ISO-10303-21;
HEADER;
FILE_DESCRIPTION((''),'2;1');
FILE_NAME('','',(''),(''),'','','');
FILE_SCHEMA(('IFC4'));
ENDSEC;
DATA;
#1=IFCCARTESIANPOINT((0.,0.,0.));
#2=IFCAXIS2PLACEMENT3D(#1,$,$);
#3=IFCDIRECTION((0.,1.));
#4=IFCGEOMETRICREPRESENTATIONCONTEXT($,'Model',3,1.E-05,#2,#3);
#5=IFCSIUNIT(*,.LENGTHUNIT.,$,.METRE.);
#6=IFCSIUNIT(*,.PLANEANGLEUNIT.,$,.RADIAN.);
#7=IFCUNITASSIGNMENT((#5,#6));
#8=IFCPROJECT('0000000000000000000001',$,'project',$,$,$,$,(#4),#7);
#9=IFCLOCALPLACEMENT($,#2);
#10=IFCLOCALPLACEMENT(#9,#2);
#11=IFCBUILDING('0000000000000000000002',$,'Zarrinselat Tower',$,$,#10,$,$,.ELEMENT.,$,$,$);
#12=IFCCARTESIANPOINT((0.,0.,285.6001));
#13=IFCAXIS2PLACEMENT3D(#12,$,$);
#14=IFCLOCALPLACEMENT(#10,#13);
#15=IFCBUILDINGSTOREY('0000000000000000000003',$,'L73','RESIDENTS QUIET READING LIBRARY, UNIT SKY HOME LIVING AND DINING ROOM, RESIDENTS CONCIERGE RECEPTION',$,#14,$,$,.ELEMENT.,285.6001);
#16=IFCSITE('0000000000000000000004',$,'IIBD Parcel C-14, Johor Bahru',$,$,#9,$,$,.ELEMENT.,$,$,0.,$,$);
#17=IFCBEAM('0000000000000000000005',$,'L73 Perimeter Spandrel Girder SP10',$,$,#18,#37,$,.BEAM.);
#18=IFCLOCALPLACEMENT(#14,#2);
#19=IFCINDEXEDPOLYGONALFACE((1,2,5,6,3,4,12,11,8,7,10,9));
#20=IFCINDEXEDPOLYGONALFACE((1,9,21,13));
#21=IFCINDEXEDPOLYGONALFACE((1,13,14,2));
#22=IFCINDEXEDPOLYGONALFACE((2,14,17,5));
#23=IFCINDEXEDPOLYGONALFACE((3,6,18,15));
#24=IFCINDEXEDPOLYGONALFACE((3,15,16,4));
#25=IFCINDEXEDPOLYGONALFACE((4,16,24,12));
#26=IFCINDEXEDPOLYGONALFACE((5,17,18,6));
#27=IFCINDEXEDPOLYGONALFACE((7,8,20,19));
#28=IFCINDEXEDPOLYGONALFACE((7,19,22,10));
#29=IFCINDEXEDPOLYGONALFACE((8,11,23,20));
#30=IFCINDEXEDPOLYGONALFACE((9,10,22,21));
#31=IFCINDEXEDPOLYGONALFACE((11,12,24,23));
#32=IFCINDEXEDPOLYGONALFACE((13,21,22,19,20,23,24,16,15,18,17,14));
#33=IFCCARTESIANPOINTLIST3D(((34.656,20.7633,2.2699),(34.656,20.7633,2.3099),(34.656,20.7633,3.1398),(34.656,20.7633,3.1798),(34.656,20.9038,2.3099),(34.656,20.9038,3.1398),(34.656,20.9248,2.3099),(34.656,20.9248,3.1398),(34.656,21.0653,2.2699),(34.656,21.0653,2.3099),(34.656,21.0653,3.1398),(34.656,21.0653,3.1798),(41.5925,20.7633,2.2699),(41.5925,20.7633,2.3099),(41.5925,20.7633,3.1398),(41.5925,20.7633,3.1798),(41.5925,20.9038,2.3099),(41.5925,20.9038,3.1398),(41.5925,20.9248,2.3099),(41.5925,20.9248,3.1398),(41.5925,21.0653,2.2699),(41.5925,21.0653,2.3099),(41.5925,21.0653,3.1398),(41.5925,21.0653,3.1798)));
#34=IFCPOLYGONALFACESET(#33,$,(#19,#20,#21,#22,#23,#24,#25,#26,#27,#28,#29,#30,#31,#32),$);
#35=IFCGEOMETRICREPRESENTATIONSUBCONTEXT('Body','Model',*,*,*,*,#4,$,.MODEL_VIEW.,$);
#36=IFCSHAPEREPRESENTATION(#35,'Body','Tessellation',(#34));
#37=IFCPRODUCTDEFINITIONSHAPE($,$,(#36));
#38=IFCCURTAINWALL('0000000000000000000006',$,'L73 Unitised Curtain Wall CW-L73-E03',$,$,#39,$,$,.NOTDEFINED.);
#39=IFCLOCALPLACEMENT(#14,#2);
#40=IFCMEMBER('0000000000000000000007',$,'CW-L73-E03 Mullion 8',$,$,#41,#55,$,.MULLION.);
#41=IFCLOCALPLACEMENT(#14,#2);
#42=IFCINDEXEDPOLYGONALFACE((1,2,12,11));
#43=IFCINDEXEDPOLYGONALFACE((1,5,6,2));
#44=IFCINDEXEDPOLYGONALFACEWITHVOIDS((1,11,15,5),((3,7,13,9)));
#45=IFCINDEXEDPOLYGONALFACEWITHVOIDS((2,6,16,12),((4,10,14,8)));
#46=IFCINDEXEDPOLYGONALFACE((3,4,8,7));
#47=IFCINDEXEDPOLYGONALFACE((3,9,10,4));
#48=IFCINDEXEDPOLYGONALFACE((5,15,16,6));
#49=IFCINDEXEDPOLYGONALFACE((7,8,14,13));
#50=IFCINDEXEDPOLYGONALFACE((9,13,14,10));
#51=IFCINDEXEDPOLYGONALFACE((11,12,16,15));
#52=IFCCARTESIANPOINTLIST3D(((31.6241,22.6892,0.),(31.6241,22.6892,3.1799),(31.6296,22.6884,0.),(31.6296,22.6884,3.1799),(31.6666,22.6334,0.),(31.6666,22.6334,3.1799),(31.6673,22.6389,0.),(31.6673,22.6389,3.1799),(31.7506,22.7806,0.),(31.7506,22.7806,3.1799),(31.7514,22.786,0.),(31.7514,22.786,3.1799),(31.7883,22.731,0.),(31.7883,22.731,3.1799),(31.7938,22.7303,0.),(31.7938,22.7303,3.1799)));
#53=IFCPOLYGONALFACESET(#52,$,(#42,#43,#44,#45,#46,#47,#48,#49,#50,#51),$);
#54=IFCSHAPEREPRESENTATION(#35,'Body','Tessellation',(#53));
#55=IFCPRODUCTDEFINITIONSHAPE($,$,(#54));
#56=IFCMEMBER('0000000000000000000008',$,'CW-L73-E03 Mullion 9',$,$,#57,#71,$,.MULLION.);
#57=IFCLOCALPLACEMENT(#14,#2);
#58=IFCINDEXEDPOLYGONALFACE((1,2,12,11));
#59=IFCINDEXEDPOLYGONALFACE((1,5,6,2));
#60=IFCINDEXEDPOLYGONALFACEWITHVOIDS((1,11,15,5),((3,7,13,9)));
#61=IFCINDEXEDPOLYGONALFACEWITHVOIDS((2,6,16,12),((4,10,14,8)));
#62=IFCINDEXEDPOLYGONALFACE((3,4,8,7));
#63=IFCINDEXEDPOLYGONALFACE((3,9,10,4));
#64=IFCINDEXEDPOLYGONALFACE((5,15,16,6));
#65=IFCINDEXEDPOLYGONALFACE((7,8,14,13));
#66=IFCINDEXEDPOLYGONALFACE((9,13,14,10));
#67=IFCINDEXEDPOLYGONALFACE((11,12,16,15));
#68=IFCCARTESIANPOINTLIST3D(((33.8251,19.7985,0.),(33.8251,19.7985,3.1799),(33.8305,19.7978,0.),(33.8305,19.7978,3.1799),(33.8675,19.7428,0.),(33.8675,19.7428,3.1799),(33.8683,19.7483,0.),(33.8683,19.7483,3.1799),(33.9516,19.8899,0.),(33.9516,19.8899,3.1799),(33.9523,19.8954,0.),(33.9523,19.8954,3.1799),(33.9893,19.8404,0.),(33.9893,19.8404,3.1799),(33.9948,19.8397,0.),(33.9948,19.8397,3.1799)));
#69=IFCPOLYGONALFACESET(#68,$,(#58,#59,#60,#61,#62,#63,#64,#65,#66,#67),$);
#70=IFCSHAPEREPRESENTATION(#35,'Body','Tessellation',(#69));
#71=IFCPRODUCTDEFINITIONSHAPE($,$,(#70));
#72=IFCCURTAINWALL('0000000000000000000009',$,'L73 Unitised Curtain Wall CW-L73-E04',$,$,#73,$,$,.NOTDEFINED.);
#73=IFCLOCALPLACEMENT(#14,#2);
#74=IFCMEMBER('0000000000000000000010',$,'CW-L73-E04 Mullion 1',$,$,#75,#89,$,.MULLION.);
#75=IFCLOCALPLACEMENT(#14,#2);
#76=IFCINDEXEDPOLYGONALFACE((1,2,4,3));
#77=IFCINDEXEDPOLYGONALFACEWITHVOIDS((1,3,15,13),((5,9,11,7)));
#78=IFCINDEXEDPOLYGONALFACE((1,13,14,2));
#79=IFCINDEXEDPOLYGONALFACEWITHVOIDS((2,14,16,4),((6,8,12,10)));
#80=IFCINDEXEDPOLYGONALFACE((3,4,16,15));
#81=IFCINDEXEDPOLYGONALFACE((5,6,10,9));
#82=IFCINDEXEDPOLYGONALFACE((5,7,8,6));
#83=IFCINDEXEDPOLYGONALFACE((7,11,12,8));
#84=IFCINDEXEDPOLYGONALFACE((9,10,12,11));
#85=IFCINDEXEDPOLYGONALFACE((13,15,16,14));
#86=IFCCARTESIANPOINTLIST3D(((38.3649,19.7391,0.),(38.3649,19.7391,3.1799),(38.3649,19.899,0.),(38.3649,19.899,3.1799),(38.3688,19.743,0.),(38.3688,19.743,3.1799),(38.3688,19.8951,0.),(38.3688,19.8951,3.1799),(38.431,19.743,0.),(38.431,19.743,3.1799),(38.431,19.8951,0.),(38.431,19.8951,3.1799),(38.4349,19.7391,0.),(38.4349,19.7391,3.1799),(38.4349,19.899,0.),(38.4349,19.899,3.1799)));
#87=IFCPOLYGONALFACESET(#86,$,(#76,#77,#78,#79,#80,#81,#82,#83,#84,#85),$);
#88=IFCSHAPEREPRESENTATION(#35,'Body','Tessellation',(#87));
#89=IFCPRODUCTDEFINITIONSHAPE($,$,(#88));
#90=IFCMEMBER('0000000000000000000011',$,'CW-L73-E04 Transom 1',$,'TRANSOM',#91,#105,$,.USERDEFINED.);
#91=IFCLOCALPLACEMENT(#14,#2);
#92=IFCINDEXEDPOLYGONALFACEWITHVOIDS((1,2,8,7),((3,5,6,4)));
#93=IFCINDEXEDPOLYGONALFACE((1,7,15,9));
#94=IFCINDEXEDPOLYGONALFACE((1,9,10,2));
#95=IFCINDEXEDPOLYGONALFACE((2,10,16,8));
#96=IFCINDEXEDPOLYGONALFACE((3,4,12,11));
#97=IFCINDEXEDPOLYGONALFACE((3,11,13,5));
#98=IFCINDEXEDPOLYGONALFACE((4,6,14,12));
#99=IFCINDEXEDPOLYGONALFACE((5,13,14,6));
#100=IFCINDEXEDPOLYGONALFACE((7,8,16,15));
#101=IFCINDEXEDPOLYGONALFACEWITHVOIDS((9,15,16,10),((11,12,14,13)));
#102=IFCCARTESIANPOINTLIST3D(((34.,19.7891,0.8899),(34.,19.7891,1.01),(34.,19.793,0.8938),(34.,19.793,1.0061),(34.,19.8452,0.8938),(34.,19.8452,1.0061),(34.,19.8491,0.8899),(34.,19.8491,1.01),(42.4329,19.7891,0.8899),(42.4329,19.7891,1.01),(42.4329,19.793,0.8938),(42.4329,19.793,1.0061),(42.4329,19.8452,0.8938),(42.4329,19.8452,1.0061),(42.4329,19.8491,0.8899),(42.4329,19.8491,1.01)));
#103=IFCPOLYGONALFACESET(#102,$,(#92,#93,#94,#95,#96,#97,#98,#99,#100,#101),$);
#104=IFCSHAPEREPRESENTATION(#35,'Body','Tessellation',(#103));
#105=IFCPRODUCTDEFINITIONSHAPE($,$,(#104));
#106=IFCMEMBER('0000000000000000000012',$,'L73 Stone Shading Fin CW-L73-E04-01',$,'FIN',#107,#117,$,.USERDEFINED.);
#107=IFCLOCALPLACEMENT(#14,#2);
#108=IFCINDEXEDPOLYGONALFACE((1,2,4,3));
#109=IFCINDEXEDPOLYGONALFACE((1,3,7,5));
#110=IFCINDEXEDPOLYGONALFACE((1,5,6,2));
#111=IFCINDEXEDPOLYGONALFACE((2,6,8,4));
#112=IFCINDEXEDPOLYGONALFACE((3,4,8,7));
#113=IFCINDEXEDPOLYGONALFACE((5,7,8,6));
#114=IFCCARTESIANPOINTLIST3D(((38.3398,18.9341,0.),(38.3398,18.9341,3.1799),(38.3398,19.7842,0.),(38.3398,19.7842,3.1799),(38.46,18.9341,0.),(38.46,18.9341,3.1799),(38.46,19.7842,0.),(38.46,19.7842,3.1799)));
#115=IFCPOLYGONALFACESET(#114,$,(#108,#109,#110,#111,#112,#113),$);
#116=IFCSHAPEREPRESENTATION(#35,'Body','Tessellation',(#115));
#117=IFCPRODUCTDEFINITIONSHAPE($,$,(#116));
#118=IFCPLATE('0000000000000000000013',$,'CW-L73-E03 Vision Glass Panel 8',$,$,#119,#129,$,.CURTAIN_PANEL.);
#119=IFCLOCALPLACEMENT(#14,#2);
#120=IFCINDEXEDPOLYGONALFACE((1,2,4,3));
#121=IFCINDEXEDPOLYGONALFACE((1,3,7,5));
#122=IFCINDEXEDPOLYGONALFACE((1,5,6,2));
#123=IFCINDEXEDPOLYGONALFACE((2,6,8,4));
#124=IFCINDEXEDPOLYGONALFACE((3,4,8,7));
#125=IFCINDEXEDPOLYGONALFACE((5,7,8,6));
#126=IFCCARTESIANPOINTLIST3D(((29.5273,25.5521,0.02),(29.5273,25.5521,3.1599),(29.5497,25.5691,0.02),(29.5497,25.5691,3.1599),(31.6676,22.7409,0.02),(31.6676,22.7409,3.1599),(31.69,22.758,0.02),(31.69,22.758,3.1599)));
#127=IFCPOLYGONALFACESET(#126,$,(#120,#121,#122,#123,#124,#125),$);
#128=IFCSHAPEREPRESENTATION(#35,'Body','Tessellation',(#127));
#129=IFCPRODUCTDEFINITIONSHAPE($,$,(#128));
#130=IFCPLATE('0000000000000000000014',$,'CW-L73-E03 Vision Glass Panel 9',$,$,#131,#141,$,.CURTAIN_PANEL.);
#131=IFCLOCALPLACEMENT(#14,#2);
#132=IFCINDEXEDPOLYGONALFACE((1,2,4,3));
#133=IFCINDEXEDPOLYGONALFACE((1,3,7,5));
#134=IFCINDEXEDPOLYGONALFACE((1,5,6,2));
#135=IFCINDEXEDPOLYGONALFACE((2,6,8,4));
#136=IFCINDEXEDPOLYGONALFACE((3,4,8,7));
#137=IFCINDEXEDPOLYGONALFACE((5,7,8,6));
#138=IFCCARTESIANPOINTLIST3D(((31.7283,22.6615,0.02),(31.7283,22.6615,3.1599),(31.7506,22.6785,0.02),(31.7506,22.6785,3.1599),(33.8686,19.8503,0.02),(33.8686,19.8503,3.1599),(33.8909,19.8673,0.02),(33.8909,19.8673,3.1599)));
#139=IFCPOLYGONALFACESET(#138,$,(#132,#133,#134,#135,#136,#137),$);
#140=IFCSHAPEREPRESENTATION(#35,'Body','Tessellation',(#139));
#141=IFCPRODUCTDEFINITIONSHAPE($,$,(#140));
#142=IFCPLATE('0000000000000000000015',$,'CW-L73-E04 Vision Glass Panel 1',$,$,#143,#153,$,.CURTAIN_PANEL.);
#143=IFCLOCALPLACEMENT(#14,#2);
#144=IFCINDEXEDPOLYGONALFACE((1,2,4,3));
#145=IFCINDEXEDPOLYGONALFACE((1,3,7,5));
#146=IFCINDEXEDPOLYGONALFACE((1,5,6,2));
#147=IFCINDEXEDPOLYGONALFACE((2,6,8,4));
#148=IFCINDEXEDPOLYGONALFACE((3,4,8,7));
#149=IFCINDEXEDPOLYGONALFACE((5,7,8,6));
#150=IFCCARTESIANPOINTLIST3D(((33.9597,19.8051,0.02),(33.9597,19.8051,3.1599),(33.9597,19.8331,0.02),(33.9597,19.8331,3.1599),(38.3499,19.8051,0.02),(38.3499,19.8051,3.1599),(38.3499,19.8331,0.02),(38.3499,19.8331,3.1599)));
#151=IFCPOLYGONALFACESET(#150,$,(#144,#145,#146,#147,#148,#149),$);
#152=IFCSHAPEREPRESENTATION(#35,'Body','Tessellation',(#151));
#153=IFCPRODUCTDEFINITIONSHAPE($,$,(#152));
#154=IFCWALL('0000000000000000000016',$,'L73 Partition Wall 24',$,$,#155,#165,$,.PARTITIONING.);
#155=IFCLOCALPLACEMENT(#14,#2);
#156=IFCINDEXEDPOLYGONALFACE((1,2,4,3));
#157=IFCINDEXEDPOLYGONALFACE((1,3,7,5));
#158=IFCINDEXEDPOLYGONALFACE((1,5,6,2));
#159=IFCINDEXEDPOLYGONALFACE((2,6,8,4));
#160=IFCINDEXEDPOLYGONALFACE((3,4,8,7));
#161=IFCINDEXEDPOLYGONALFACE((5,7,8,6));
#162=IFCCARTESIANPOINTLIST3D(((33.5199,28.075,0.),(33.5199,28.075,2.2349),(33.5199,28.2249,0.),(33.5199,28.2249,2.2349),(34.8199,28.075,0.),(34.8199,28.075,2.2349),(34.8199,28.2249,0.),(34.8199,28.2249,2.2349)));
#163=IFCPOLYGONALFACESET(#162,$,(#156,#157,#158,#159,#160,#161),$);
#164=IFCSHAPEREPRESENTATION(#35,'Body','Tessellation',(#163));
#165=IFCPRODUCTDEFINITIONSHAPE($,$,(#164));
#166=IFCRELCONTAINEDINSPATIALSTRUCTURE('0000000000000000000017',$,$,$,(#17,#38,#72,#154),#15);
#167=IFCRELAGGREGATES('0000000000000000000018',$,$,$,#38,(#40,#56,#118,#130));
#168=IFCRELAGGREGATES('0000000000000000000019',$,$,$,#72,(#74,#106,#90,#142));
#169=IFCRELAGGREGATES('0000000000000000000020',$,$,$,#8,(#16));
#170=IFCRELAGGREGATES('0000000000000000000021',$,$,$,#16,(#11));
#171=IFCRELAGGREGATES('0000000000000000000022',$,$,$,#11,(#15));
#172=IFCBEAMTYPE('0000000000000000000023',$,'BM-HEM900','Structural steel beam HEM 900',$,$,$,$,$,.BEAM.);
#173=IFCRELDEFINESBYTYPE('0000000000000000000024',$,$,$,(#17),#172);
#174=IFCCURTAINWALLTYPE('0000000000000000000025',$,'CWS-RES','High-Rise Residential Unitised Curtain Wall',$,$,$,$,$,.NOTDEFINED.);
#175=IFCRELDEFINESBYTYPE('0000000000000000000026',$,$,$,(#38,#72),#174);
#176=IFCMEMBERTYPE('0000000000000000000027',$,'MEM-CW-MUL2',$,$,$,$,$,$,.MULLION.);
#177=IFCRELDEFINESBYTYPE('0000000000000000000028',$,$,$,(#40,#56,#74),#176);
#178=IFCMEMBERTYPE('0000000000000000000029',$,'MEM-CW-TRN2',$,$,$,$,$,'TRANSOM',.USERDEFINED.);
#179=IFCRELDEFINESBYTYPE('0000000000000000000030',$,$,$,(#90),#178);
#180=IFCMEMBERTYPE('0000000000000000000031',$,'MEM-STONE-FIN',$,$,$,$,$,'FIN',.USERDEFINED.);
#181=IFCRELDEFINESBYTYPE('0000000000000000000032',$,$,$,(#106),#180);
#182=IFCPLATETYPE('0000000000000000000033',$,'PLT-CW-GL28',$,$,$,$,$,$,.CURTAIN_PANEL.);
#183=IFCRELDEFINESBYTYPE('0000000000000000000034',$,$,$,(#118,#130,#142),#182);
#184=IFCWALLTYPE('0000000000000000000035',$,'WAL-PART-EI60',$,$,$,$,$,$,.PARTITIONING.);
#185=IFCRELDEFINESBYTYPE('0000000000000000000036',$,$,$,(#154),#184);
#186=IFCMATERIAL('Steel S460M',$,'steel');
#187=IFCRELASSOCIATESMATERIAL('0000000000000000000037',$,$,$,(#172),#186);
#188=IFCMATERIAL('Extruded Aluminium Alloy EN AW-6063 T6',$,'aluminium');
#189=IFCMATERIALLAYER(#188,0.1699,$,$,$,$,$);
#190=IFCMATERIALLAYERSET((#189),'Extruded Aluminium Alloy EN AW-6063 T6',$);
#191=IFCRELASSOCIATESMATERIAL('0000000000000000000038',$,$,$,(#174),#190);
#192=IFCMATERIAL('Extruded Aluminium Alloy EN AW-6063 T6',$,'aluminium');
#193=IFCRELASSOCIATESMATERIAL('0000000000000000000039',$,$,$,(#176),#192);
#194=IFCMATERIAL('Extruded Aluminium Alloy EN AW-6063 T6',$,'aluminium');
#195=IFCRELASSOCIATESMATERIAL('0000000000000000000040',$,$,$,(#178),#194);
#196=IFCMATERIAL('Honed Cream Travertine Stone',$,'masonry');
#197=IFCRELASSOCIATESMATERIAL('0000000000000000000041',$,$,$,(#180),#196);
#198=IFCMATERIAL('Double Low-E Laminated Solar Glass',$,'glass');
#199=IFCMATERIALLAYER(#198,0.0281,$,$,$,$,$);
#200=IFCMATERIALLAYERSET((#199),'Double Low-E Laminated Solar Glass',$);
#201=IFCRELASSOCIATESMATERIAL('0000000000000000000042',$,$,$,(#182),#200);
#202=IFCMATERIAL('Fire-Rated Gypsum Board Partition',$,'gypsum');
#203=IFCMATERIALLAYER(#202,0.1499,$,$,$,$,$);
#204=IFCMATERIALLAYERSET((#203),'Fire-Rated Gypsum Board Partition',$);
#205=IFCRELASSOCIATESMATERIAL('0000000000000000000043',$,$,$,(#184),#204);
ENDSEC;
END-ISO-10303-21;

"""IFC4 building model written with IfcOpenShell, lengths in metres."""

from ifc_helpers import new_model, si_unit, direction, frame, frame_2d, origin, origin_2d, place, context, subcontext, project, spatial, rectangle, hollow_rectangle, i_section, extrude, material, layer, layer_set, material_profile, profile_set, type_object, element, aggregate, save


model = new_model("IFC4")

# Units and contexts
model_context = context("Model", 3, precision=1e-05, world=origin(), true_north=direction((0.0, 1.0)))
body_context = subcontext(model_context, "Body", "Model", "MODEL_VIEW")
ifc_project = project(units=[si_unit("LENGTHUNIT", "METRE"), si_unit("PLANEANGLEUNIT", "RADIAN")], contexts=[model_context])

# Site, building, storey
site_placement = place(None, origin())
site = spatial("IfcSite", under=ifc_project, at=site_placement, Name="IIBD Parcel C-14, Johor Bahru", CompositionType="ELEMENT", RefElevation=0.0)
building_placement = place(site_placement, origin())
building = spatial("IfcBuilding", under=site, at=building_placement, Name="Zarrinselat Tower", CompositionType="ELEMENT")
storey_placement = place(building_placement, frame((0.0, 0.0, 285.6001)))
storey = spatial("IfcBuildingStorey", under=building, at=storey_placement, Name="L73", Description="RESIDENTS QUIET READING LIBRARY, UNIT SKY HOME LIVING AND DINING ROOM, RESIDENTS CONCIERGE RECEPTION", CompositionType="ELEMENT", Elevation=285.6001)

# Beam
ifc_material_1 = material(Name="Steel S460M", Category="steel")
ifc_material_profile_1 = material_profile(ifc_material_1, i_section(OverallWidth=0.302, OverallDepth=0.9099, WebThickness=0.021, FlangeThickness=0.04, at=origin_2d()), Name="HEM 900")
ifc_profile_set_1 = profile_set([ifc_material_profile_1], Name="Steel S460M")
beam_type_1 = type_object("IfcBeamType", Name="BM-HEM900", Description="Structural steel beam HEM 900", PredefinedType="BEAM", material=ifc_profile_set_1)
beam_1_placement = place(storey_placement, frame((34.656, 20.9143, 2.7249), z_axis=(1.0, 0.0, 0.0), x_axis=(0.0, 1.0, 0.0)))
element("IfcBeam", 1, at=beam_1_placement, inside=storey, type_object=beam_type_1, Name="L73 Perimeter Spandrel Girder SP10", PredefinedType="BEAM", context=body_context, shape_type="SweptSolid", body=[
    extrude(i_section(OverallWidth=0.302, OverallDepth=0.9099, WebThickness=0.021, FlangeThickness=0.04, at=origin_2d()), origin(), (0.0, 0.0, 1.0), 6.9365),
])

# Curtain walls, members
ifc_material_2 = material(Name="Extruded Aluminium Alloy EN AW-6063 T6", Category="aluminium")
ifc_layer_1 = layer(ifc_material_2, 0.1699)
ifc_layer_set_1 = layer_set([ifc_layer_1], Name="Extruded Aluminium Alloy EN AW-6063 T6")
curtain_wall_type = type_object("IfcCurtainWallType", Name="CWS-RES", Description="High-Rise Residential Unitised Curtain Wall", PredefinedType="NOTDEFINED", material=ifc_layer_set_1)
curtain_wall_1_placement = place(storey_placement, origin())
curtain_wall_1 = element("IfcCurtainWall", 2, at=curtain_wall_1_placement, inside=storey, type_object=curtain_wall_type, Name="L73 Unitised Curtain Wall CW-L73-E03", PredefinedType="NOTDEFINED")
ifc_material_3 = material(Name="Extruded Aluminium Alloy EN AW-6063 T6", Category="aluminium")
ifc_material_profile_2 = material_profile(ifc_material_3, hollow_rectangle(XDim=0.0701, YDim=0.1599, WallThickness=0.0039, at=origin_2d()), Name="RHS 160x70x4")
ifc_profile_set_2 = profile_set([ifc_material_profile_2], Name="Extruded Aluminium Alloy EN AW-6063 T6")
member_type_1 = type_object("IfcMemberType", Name="MEM-CW-MUL2", PredefinedType="MULLION", material=ifc_profile_set_2)
member_1_placement = place(storey_placement, frame((31.709, 22.7097, 0.0), z_axis=(0.0, 0.0, 1.0), x_axis=(0.605767, -0.795642, 0.0)))
member_1 = element("IfcMember", 3, at=member_1_placement, type_object=member_type_1, Name="CW-L73-E03 Mullion 8", PredefinedType="MULLION", context=body_context, shape_type="SweptSolid", body=[
    extrude(hollow_rectangle(XDim=0.0701, YDim=0.1599, WallThickness=0.0039, at=origin_2d()), origin(), (0.0, 0.0, 1.0), 3.1799),
])
member_2_placement = place(storey_placement, frame((33.9099, 19.8191, 0.0), z_axis=(0.0, 0.0, 1.0), x_axis=(0.605767, -0.795642, 0.0)))
member_2 = element("IfcMember", 4, at=member_2_placement, type_object=member_type_1, Name="CW-L73-E03 Mullion 9", PredefinedType="MULLION", context=body_context, shape_type="SweptSolid", body=[
    extrude(hollow_rectangle(XDim=0.0701, YDim=0.1599, WallThickness=0.0039, at=origin_2d()), origin(), (0.0, 0.0, 1.0), 3.1799),
])
curtain_wall_2_placement = place(storey_placement, origin())
curtain_wall_2 = element("IfcCurtainWall", 5, at=curtain_wall_2_placement, inside=storey, type_object=curtain_wall_type, Name="L73 Unitised Curtain Wall CW-L73-E04", PredefinedType="NOTDEFINED")
member_3_placement = place(storey_placement, frame((38.3999, 19.8191, 0.0), z_axis=(0.0, 0.0, 1.0), x_axis=(1.0, 0.0, 0.0)))
member_3 = element("IfcMember", 6, at=member_3_placement, type_object=member_type_1, Name="CW-L73-E04 Mullion 1", PredefinedType="MULLION", context=body_context, shape_type="SweptSolid", body=[
    extrude(hollow_rectangle(XDim=0.0701, YDim=0.1599, WallThickness=0.0039, at=origin_2d()), origin(), (0.0, 0.0, 1.0), 3.1799),
])
ifc_material_4 = material(Name="Extruded Aluminium Alloy EN AW-6063 T6", Category="aluminium")
ifc_material_profile_3 = material_profile(ifc_material_4, hollow_rectangle(XDim=0.0601, YDim=0.1201, WallThickness=0.0039, at=origin_2d()), Name="RHS 120x60x4")
ifc_profile_set_3 = profile_set([ifc_material_profile_3], Name="Extruded Aluminium Alloy EN AW-6063 T6")
member_type_2 = type_object("IfcMemberType", Name="MEM-CW-TRN2", ElementType="TRANSOM", PredefinedType="USERDEFINED", material=ifc_profile_set_3)
member_4_placement = place(storey_placement, frame((34.0, 19.8191, 0.95), z_axis=(1.0, 0.0, 0.0), x_axis=(0.0, 1.0, 0.0)))
member_4 = element("IfcMember", 7, at=member_4_placement, type_object=member_type_2, Name="CW-L73-E04 Transom 1", ObjectType="TRANSOM", PredefinedType="USERDEFINED", context=body_context, shape_type="SweptSolid", body=[
    extrude(hollow_rectangle(XDim=0.0601, YDim=0.1201, WallThickness=0.0039, at=origin_2d()), origin(), (0.0, 0.0, 1.0), 8.4329),
])
ifc_material_5 = material(Name="Honed Cream Travertine Stone", Category="masonry")
ifc_material_profile_4 = material_profile(ifc_material_5, rectangle(XDim=0.1201, YDim=0.8501, at=origin_2d()), Name="FIN 850x120")
ifc_profile_set_4 = profile_set([ifc_material_profile_4], Name="Honed Cream Travertine Stone")
member_type_3 = type_object("IfcMemberType", Name="MEM-STONE-FIN", ElementType="FIN", PredefinedType="USERDEFINED", material=ifc_profile_set_4)
member_5_placement = place(storey_placement, frame((38.3999, 19.3591, 0.0), z_axis=(0.0, 0.0, 1.0), x_axis=(-1.0, 0.0, 0.0)))
member_5 = element("IfcMember", 8, at=member_5_placement, type_object=member_type_3, Name="L73 Stone Shading Fin CW-L73-E04-01", ObjectType="FIN", PredefinedType="USERDEFINED", context=body_context, shape_type="SweptSolid", body=[
    extrude(rectangle(XDim=0.1201, YDim=0.8501, at=origin_2d()), origin(), (0.0, 0.0, 1.0), 3.1799),
])

# Plates
ifc_material_6 = material(Name="Double Low-E Laminated Solar Glass", Category="glass")
ifc_layer_2 = layer(ifc_material_6, 0.0281)
ifc_layer_set_2 = layer_set([ifc_layer_2], Name="Double Low-E Laminated Solar Glass")
plate_type = type_object("IfcPlateType", Name="PLT-CW-GL28", PredefinedType="CURTAIN_PANEL", material=ifc_layer_set_2)
plate_1_placement = place(storey_placement, frame((30.6086, 24.155, 0.02), z_axis=(0.0, 0.0, 1.0), x_axis=(0.605767, -0.795642, 0.0)))
plate_1 = element("IfcPlate", 9, at=plate_1_placement, type_object=plate_type, Name="CW-L73-E03 Vision Glass Panel 8", PredefinedType="CURTAIN_PANEL", context=body_context, shape_type="SweptSolid", body=[
    extrude(rectangle(XDim=3.5332, YDim=0.0281, at=origin_2d()), origin(), (0.0, 0.0, 1.0), 3.1399),
])
plate_2_placement = place(storey_placement, frame((32.8096, 21.2644, 0.02), z_axis=(0.0, 0.0, 1.0), x_axis=(0.605767, -0.795642, 0.0)))
plate_2 = element("IfcPlate", 10, at=plate_2_placement, type_object=plate_type, Name="CW-L73-E03 Vision Glass Panel 9", PredefinedType="CURTAIN_PANEL", context=body_context, shape_type="SweptSolid", body=[
    extrude(rectangle(XDim=3.5332, YDim=0.0281, at=origin_2d()), origin(), (0.0, 0.0, 1.0), 3.1399),
])
aggregate(curtain_wall_1, [member_1, member_2, plate_1, plate_2])
plate_3_placement = place(storey_placement, frame((36.1548, 19.8191, 0.02), z_axis=(0.0, 0.0, 1.0), x_axis=(1.0, 0.0, 0.0)))
plate_3 = element("IfcPlate", 11, at=plate_3_placement, type_object=plate_type, Name="CW-L73-E04 Vision Glass Panel 1", PredefinedType="CURTAIN_PANEL", context=body_context, shape_type="SweptSolid", body=[
    extrude(rectangle(XDim=4.3901, YDim=0.0281, at=origin_2d()), origin(), (0.0, 0.0, 1.0), 3.1399),
])
aggregate(curtain_wall_2, [member_3, member_5, member_4, plate_3])

# Wall
ifc_material_7 = material(Name="Fire-Rated Gypsum Board Partition", Category="gypsum")
ifc_layer_3 = layer(ifc_material_7, 0.1499)
ifc_layer_set_3 = layer_set([ifc_layer_3], Name="Fire-Rated Gypsum Board Partition")
wall_type_1 = type_object("IfcWallType", Name="WAL-PART-EI60", PredefinedType="PARTITIONING", material=ifc_layer_set_3)
wall_1_placement = place(storey_placement, frame((33.52, 28.1499, 0.0), z_axis=(0.0, 0.0, 1.0), x_axis=(1.0, 0.0, 0.0)))
element("IfcWall", 12, at=wall_1_placement, inside=storey, type_object=wall_type_1, Name="L73 Partition Wall 24", PredefinedType="PARTITIONING", context=body_context, shape_type="SweptSolid", body=[
    extrude(rectangle(XDim=1.3, YDim=0.1499, at=frame_2d((0.6499, 0.0))), origin(), (0.0, 0.0, 1.0), 2.2349),
])

save(model, "model.ifc")
